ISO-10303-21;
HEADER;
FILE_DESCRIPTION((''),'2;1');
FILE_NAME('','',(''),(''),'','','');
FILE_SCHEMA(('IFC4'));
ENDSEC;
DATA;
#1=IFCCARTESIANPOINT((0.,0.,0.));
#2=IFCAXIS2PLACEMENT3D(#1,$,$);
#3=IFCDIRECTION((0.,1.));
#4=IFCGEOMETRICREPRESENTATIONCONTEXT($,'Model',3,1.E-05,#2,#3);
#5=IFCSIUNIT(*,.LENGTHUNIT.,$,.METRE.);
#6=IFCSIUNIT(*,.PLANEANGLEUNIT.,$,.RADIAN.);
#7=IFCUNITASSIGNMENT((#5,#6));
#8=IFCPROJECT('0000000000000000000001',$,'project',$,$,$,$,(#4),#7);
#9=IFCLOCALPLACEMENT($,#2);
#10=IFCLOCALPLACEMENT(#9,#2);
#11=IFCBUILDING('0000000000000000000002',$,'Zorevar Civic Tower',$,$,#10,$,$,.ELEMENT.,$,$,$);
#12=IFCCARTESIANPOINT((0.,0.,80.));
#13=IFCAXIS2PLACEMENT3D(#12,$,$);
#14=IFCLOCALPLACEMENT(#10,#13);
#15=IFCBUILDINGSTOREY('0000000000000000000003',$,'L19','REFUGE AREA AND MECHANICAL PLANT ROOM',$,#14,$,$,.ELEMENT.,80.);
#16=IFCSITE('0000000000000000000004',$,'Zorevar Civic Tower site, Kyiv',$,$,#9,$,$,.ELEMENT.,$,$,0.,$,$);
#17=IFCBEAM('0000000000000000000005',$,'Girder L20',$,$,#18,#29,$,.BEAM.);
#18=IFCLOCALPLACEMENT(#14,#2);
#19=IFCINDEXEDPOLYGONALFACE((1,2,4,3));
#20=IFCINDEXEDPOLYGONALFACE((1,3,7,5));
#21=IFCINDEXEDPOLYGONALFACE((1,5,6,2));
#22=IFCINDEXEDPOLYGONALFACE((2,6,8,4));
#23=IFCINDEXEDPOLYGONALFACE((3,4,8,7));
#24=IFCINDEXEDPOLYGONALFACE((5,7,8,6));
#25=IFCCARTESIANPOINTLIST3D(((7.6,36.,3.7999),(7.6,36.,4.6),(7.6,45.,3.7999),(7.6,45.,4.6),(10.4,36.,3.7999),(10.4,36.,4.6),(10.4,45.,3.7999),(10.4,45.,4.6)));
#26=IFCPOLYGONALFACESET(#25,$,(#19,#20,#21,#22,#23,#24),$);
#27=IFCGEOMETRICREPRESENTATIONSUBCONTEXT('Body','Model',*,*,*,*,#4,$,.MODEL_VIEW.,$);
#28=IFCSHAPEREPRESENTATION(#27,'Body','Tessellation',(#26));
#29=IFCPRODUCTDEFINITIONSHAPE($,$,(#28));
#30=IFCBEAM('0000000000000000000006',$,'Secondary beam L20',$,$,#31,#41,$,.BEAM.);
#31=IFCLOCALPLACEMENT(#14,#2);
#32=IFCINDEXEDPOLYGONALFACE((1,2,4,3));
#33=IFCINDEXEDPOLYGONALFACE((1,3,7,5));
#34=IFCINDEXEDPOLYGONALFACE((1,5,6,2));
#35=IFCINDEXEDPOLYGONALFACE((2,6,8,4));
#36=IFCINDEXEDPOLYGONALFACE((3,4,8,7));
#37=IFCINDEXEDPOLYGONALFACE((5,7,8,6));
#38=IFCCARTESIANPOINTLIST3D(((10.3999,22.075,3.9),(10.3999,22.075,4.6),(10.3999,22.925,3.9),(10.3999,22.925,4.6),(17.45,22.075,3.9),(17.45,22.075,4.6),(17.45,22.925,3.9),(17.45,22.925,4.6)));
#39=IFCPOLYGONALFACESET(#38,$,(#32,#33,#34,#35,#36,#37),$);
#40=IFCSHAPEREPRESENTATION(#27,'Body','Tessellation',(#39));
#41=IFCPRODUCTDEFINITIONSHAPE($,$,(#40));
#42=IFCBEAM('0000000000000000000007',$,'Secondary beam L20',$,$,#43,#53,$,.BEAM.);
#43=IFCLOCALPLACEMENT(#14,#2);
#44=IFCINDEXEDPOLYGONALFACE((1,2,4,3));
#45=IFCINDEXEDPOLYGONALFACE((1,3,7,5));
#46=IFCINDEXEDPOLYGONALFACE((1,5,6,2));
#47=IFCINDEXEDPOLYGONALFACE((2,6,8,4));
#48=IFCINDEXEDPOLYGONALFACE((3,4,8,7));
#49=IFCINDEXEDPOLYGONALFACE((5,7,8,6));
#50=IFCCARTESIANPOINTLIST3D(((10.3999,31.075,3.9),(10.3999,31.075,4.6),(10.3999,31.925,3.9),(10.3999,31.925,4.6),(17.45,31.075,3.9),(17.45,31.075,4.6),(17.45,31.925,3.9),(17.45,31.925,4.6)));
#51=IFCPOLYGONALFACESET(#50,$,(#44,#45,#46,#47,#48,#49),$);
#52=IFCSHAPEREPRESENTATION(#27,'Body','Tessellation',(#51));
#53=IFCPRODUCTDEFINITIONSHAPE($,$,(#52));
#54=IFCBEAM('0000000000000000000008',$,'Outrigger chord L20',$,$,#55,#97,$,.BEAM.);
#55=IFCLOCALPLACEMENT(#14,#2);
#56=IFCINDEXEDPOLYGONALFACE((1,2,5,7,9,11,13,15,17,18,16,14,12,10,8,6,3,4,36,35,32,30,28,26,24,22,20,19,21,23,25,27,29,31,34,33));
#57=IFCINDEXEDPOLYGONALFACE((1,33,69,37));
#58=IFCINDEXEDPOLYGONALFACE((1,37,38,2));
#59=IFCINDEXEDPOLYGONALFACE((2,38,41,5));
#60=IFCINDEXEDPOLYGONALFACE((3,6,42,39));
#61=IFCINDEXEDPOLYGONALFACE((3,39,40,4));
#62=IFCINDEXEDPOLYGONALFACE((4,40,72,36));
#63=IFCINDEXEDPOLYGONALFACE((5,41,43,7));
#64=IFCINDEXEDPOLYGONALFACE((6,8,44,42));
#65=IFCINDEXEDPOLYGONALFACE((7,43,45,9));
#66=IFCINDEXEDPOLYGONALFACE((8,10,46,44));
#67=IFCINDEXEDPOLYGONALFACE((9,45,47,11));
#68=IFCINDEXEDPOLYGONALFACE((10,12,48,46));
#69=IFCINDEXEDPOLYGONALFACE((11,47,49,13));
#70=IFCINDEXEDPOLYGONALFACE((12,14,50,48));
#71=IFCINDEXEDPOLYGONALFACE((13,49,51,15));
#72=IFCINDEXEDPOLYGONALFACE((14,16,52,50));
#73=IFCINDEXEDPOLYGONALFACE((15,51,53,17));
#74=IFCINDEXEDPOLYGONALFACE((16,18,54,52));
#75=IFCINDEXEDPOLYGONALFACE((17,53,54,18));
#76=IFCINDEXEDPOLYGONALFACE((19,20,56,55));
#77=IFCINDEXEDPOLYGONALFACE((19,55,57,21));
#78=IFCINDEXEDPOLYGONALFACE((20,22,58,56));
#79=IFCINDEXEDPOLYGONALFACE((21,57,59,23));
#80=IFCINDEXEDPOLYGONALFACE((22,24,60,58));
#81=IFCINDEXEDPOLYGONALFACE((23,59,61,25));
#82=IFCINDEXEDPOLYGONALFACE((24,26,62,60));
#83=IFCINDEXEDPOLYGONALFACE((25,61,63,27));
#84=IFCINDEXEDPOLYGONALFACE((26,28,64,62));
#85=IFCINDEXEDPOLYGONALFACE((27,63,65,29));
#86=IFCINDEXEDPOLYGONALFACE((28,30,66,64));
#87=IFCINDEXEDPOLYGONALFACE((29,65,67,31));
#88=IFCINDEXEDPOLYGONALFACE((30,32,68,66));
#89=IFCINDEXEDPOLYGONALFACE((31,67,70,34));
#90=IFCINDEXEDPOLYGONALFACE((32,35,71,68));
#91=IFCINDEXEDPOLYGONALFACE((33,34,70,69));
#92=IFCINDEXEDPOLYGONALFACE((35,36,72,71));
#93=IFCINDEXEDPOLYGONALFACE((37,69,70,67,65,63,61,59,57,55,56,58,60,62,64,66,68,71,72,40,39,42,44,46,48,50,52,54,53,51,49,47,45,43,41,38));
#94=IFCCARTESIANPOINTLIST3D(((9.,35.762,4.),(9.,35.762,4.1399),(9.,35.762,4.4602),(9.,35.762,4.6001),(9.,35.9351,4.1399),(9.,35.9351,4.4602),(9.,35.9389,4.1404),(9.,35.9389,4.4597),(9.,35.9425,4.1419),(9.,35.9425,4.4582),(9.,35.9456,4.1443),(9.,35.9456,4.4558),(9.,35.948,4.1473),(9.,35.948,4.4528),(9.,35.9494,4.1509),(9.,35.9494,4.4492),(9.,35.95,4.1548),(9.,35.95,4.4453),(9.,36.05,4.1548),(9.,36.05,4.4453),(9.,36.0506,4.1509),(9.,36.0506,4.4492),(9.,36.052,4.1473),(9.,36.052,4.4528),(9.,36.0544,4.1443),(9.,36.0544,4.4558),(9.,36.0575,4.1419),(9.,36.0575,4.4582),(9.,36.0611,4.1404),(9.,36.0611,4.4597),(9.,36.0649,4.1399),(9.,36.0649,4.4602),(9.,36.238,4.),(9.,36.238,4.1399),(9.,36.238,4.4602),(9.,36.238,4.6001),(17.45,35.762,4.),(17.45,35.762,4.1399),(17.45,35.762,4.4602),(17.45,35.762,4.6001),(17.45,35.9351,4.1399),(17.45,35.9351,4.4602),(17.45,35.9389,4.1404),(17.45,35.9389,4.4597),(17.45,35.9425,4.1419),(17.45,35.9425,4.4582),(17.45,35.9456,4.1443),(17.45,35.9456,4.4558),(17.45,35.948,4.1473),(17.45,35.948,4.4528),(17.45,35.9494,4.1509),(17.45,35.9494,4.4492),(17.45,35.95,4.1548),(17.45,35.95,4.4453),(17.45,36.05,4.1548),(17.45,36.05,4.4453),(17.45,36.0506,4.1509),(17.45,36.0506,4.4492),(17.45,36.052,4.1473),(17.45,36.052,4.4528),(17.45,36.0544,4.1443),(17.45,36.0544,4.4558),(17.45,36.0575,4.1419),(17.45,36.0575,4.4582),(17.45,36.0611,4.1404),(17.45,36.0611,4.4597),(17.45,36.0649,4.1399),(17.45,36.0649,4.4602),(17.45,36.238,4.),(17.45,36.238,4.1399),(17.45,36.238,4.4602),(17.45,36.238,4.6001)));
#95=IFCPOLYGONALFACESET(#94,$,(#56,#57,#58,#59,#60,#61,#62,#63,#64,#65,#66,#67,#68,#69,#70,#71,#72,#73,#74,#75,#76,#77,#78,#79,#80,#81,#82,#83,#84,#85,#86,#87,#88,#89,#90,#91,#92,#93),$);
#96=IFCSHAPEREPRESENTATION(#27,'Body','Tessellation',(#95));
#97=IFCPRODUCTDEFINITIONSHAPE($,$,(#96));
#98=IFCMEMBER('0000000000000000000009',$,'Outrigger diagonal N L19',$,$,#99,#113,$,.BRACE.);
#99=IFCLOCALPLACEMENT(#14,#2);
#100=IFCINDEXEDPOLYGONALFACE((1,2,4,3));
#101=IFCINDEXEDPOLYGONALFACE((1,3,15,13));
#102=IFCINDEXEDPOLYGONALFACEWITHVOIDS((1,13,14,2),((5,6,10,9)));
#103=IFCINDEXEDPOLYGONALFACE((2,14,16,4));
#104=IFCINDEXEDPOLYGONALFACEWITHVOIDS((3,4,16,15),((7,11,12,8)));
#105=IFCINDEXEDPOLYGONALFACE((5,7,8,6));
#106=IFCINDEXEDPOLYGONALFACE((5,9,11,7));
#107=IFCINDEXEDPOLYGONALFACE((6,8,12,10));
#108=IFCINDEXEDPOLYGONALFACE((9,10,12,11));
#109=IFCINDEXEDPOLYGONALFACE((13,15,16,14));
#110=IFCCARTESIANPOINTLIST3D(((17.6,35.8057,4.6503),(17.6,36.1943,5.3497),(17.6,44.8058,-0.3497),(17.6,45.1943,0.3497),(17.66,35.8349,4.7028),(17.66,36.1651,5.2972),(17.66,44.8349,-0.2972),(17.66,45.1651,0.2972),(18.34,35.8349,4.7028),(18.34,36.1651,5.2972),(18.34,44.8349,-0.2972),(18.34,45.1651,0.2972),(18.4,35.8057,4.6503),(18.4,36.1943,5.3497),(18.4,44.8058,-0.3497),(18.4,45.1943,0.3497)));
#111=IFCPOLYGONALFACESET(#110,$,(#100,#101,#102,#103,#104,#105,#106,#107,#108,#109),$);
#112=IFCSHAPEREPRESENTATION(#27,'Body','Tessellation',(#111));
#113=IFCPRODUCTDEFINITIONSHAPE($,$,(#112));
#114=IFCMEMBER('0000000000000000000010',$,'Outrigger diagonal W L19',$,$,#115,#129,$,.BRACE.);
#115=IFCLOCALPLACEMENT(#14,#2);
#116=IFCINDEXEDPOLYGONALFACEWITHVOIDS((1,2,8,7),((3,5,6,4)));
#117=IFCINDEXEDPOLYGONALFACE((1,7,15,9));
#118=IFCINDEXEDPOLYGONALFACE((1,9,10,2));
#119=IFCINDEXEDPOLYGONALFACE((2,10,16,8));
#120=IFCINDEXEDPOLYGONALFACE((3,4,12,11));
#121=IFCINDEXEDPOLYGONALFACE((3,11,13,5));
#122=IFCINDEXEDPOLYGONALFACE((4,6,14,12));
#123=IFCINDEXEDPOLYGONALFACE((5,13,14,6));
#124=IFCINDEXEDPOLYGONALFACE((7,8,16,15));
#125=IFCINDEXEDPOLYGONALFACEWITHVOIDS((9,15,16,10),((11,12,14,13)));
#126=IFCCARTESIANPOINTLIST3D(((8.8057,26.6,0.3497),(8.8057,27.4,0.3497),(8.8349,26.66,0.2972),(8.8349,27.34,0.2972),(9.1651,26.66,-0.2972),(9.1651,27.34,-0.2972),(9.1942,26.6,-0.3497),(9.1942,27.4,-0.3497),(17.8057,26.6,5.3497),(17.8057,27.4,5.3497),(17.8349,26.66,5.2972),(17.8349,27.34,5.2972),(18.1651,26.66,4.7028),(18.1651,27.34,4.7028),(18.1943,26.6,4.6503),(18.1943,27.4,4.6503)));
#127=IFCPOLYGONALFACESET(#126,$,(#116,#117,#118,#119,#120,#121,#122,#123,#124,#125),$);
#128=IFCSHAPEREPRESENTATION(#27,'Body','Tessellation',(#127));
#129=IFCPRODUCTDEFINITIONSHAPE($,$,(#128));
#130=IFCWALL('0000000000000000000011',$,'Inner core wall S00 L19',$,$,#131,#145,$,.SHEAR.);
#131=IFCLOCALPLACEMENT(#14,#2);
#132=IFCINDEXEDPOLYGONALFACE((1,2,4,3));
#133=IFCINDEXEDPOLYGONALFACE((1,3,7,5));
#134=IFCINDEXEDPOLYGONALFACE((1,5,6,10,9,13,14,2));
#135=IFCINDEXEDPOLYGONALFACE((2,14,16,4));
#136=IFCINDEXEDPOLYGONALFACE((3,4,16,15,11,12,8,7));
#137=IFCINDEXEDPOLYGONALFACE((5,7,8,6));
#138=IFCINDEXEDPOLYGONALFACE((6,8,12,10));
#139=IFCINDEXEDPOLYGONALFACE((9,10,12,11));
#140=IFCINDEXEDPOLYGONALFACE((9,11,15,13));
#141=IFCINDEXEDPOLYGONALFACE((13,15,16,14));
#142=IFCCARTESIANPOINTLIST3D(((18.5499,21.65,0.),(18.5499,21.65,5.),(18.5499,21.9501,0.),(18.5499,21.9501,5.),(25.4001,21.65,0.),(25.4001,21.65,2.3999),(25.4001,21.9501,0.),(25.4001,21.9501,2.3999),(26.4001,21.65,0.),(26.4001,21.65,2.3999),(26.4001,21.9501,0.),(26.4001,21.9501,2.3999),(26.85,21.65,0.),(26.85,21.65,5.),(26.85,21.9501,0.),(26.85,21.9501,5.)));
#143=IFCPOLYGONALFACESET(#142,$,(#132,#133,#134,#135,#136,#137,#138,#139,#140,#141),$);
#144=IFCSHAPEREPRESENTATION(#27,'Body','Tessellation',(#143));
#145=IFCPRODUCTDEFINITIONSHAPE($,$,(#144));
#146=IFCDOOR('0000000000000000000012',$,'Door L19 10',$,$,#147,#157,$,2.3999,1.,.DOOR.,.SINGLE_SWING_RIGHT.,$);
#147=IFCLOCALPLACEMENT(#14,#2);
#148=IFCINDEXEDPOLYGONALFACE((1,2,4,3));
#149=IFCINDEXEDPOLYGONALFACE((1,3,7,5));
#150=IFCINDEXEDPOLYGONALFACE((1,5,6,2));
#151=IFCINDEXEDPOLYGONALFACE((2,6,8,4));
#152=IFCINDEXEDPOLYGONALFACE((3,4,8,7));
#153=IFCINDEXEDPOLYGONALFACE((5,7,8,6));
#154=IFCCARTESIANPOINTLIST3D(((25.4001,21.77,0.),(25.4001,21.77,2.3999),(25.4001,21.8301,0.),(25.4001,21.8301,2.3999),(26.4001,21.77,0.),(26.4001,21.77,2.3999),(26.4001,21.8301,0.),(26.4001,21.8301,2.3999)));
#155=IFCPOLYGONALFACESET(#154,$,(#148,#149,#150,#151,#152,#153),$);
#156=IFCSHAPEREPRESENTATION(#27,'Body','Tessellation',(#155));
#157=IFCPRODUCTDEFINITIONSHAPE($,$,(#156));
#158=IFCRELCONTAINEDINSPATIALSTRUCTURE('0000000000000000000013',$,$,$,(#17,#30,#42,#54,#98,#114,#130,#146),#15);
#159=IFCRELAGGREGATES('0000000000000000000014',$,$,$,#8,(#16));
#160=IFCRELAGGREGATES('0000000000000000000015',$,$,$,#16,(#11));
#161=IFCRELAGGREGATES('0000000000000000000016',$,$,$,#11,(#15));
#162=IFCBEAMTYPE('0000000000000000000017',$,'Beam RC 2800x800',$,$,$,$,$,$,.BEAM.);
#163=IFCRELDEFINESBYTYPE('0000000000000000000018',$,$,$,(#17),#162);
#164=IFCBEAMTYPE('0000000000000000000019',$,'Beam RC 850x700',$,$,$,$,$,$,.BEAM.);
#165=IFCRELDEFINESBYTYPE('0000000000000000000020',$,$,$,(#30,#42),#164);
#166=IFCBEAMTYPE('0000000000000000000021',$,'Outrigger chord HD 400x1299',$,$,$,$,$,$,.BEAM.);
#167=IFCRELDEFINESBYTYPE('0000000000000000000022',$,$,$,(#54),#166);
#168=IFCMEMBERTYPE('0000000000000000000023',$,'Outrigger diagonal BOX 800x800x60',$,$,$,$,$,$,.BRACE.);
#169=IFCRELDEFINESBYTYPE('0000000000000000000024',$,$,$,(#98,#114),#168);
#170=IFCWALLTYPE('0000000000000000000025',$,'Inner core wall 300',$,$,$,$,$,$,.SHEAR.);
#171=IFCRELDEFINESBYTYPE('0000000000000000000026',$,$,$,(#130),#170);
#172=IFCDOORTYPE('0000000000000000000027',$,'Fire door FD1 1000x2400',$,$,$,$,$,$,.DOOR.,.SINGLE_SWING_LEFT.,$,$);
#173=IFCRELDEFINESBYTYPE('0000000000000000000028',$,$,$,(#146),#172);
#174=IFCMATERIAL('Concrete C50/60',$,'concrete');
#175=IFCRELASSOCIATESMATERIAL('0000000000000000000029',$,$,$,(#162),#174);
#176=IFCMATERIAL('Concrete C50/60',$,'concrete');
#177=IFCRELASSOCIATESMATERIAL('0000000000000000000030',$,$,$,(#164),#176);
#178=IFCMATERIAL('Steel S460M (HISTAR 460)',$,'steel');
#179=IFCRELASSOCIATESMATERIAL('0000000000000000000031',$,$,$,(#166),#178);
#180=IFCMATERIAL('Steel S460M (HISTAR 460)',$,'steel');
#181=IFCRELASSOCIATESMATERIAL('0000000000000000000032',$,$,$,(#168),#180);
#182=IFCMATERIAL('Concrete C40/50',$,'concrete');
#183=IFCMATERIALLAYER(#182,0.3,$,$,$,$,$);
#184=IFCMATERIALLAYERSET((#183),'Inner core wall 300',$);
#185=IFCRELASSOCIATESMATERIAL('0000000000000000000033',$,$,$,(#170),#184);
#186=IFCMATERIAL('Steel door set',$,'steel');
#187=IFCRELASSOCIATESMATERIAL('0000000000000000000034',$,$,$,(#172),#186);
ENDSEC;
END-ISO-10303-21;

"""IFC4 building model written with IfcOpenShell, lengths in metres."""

from ifc_helpers import new_model, si_unit, direction, frame, frame_2d, origin, origin_2d, place, context, subcontext, project, spatial, rectangle, hollow_rectangle, i_section, extrude, material, layer, layer_set, material_profile, profile_set, type_object, element, fill, save


model = new_model("IFC4")

# Units and contexts
model_context = context("Model", 3, precision=1e-05, world=origin(), true_north=direction((0.0, 1.0)))
body_context = subcontext(model_context, "Body", "Model", "MODEL_VIEW")
ifc_project = project(units=[si_unit("LENGTHUNIT", "METRE"), si_unit("PLANEANGLEUNIT", "RADIAN")], contexts=[model_context])

# Site, building, storey
site_placement = place(None, origin())
site = spatial("IfcSite", under=ifc_project, at=site_placement, Name="Zorevar Civic Tower site, Kyiv", CompositionType="ELEMENT", RefElevation=0.0)
building_placement = place(site_placement, origin())
building = spatial("IfcBuilding", under=site, at=building_placement, Name="Zorevar Civic Tower", CompositionType="ELEMENT")
storey_placement = place(building_placement, frame((0.0, 0.0, 80.0)))
storey = spatial("IfcBuildingStorey", under=building, at=storey_placement, Name="L19", Description="REFUGE AREA AND MECHANICAL PLANT ROOM", CompositionType="ELEMENT", Elevation=80.0)

# Beams
ifc_material_1 = material(Name="Concrete C50/60", Category="concrete")
ifc_material_profile_1 = material_profile(ifc_material_1, rectangle(XDim=2.8, YDim=0.8, at=origin_2d()), Name="RC 2800x800")
ifc_profile_set_1 = profile_set([ifc_material_profile_1], Name="Concrete C50/60")
beam_type_1 = type_object("IfcBeamType", Name="Beam RC 2800x800", PredefinedType="BEAM", material=ifc_profile_set_1)
beam_1_placement = place(storey_placement, frame((9.0, 36.0, 4.2), z_axis=(0.0, 1.0, 0.0), x_axis=(-1.0, 0.0, 0.0)))
element("IfcBeam", 1, at=beam_1_placement, inside=storey, type_object=beam_type_1, Name="Girder L20", PredefinedType="BEAM", context=body_context, shape_type="SweptSolid", body=[
    extrude(rectangle(XDim=2.8, YDim=0.8, at=origin_2d()), origin(), (0.0, 0.0, 1.0), 9.0),
])
ifc_material_2 = material(Name="Concrete C50/60", Category="concrete")
ifc_material_profile_2 = material_profile(ifc_material_2, rectangle(XDim=0.8501, YDim=0.7, at=origin_2d()), Name="RC 850x700")
ifc_profile_set_2 = profile_set([ifc_material_profile_2], Name="Concrete C50/60")
beam_type_2 = type_object("IfcBeamType", Name="Beam RC 850x700", PredefinedType="BEAM", material=ifc_profile_set_2)
for number, where, z_axis, x_axis, name in (
    (2, (10.3999, 22.5, 4.25), (1.0, 0.0, 0.0), (0.0, 1.0, 0.0), "Secondary beam L20"),
    (3, (10.3999, 31.5, 4.25), (1.0, 0.0, 0.0), (0.0, 1.0, 0.0), "Secondary beam L20"),
):
    element("IfcBeam", number, at=place(storey_placement, frame(where, z_axis=z_axis, x_axis=x_axis)), inside=storey, type_object=beam_type_2, Name=name, PredefinedType="BEAM", context=body_context, shape_type="SweptSolid", body=[
        extrude(rectangle(XDim=0.8501, YDim=0.7, at=origin_2d()), origin(), (0.0, 0.0, 1.0), 7.05),
    ])
ifc_material_3 = material(Name="Steel S460M (HISTAR 460)", Category="steel")
ifc_material_profile_3 = material_profile(ifc_material_3, i_section(OverallWidth=0.4761, OverallDepth=0.6001, WebThickness=0.1001, FlangeThickness=0.1399, FilletRadius=0.0149, at=origin_2d()), Name="HD 400x1299")
ifc_profile_set_3 = profile_set([ifc_material_profile_3], Name="Steel S460M (HISTAR 460)")
beam_type_3 = type_object("IfcBeamType", Name="Outrigger chord HD 400x1299", PredefinedType="BEAM", material=ifc_profile_set_3)
beam_2_placement = place(storey_placement, frame((9.0, 36.0, 4.3), z_axis=(1.0, 0.0, 0.0), x_axis=(0.0, 1.0, 0.0)))
element("IfcBeam", 4, at=beam_2_placement, inside=storey, type_object=beam_type_3, Name="Outrigger chord L20", PredefinedType="BEAM", context=body_context, shape_type="SweptSolid", body=[
    extrude(i_section(OverallWidth=0.4761, OverallDepth=0.6001, WebThickness=0.1001, FlangeThickness=0.1399, FilletRadius=0.0149, at=origin_2d()), origin(), (0.0, 0.0, 1.0), 8.45),
])

# Members
ifc_material_4 = material(Name="Steel S460M (HISTAR 460)", Category="steel")
ifc_material_profile_4 = material_profile(ifc_material_4, hollow_rectangle(XDim=0.8, YDim=0.8, WallThickness=0.0601, at=origin_2d()), Name="BOX 800x800x60")
ifc_profile_set_4 = profile_set([ifc_material_profile_4], Name="Steel S460M (HISTAR 460)")
member_type = type_object("IfcMemberType", Name="Outrigger diagonal BOX 800x800x60", PredefinedType="BRACE", material=ifc_profile_set_4)
for number, where, z_axis, x_axis, name in (
    (5, (18.0, 36.0, 5.0), (0.0, 0.874157, -0.485643), (-1.0, 0.0, 0.0), "Outrigger diagonal N L19"),
    (6, (18.0, 27.0, 5.0), (-0.874157, 0.0, -0.485643), (0.0, -1.0, 0.0), "Outrigger diagonal W L19"),
):
    element("IfcMember", number, at=place(storey_placement, frame(where, z_axis=z_axis, x_axis=x_axis)), inside=storey, type_object=member_type, Name=name, PredefinedType="BRACE", context=body_context, shape_type="SweptSolid", body=[
        extrude(hollow_rectangle(XDim=0.8, YDim=0.8, WallThickness=0.0601, at=origin_2d()), origin(), (0.0, 0.0, 1.0), 10.2957),
    ])

# Wall, opening, door
ifc_material_5 = material(Name="Concrete C40/50", Category="concrete")
ifc_layer_1 = layer(ifc_material_5, 0.3)
ifc_layer_set_1 = layer_set([ifc_layer_1], Name="Inner core wall 300")
wall_type_1 = type_object("IfcWallType", Name="Inner core wall 300", PredefinedType="SHEAR", material=ifc_layer_set_1)
wall_1_placement = place(storey_placement, frame((18.55, 21.8, 0.0), z_axis=(0.0, 0.0, 1.0), x_axis=(1.0, 0.0, 0.0)))
wall_1 = element("IfcWall", 7, at=wall_1_placement, inside=storey, type_object=wall_type_1, Name="Inner core wall S00 L19", PredefinedType="SHEAR", context=body_context, shape_type="SweptSolid", body=[
    extrude(rectangle(XDim=8.3, YDim=0.3, at=frame_2d((4.1499, 0.0))), origin(), (0.0, 0.0, 1.0), 5.0),
])
opening_1_placement = place(wall_1_placement, frame((6.8501, 0.0, 0.0)))
opening_1 = element("IfcOpeningElement", 8, at=opening_1_placement, cuts=wall_1, PredefinedType="OPENING", context=body_context, shape_type="SweptSolid", body=[
    extrude(rectangle(XDim=1.0, YDim=2.3999, at=frame_2d((0.5, 1.2))), frame((0.0, 0.1599, 0.0), z_axis=(0.0, -1.0, 0.0), x_axis=(1.0, 0.0, 0.0)), (0.0, 0.0, 1.0), 0.3201),
])
ifc_material_6 = material(Name="Steel door set", Category="steel")
door_type_1 = type_object("IfcDoorType", Name="Fire door FD1 1000x2400", OperationType="SINGLE_SWING_LEFT", PredefinedType="DOOR", material=ifc_material_6)
door_1_placement = place(opening_1_placement, origin())
door_1 = element("IfcDoor", 9, at=door_1_placement, inside=storey, type_object=door_type_1, Name="Door L19 10", OperationType="SINGLE_SWING_RIGHT", OverallHeight=2.3999, OverallWidth=1.0, PredefinedType="DOOR", context=body_context, shape_type="SweptSolid", body=[
    extrude(rectangle(XDim=1.0, YDim=2.3999, at=frame_2d((0.5, 1.2))), frame((0.0, 0.03, 0.0), z_axis=(0.0, -1.0, 0.0), x_axis=(1.0, 0.0, 0.0)), (0.0, 0.0, 1.0), 0.0601),
])
fill(opening_1, door_1)

save(model, "model.ifc")
